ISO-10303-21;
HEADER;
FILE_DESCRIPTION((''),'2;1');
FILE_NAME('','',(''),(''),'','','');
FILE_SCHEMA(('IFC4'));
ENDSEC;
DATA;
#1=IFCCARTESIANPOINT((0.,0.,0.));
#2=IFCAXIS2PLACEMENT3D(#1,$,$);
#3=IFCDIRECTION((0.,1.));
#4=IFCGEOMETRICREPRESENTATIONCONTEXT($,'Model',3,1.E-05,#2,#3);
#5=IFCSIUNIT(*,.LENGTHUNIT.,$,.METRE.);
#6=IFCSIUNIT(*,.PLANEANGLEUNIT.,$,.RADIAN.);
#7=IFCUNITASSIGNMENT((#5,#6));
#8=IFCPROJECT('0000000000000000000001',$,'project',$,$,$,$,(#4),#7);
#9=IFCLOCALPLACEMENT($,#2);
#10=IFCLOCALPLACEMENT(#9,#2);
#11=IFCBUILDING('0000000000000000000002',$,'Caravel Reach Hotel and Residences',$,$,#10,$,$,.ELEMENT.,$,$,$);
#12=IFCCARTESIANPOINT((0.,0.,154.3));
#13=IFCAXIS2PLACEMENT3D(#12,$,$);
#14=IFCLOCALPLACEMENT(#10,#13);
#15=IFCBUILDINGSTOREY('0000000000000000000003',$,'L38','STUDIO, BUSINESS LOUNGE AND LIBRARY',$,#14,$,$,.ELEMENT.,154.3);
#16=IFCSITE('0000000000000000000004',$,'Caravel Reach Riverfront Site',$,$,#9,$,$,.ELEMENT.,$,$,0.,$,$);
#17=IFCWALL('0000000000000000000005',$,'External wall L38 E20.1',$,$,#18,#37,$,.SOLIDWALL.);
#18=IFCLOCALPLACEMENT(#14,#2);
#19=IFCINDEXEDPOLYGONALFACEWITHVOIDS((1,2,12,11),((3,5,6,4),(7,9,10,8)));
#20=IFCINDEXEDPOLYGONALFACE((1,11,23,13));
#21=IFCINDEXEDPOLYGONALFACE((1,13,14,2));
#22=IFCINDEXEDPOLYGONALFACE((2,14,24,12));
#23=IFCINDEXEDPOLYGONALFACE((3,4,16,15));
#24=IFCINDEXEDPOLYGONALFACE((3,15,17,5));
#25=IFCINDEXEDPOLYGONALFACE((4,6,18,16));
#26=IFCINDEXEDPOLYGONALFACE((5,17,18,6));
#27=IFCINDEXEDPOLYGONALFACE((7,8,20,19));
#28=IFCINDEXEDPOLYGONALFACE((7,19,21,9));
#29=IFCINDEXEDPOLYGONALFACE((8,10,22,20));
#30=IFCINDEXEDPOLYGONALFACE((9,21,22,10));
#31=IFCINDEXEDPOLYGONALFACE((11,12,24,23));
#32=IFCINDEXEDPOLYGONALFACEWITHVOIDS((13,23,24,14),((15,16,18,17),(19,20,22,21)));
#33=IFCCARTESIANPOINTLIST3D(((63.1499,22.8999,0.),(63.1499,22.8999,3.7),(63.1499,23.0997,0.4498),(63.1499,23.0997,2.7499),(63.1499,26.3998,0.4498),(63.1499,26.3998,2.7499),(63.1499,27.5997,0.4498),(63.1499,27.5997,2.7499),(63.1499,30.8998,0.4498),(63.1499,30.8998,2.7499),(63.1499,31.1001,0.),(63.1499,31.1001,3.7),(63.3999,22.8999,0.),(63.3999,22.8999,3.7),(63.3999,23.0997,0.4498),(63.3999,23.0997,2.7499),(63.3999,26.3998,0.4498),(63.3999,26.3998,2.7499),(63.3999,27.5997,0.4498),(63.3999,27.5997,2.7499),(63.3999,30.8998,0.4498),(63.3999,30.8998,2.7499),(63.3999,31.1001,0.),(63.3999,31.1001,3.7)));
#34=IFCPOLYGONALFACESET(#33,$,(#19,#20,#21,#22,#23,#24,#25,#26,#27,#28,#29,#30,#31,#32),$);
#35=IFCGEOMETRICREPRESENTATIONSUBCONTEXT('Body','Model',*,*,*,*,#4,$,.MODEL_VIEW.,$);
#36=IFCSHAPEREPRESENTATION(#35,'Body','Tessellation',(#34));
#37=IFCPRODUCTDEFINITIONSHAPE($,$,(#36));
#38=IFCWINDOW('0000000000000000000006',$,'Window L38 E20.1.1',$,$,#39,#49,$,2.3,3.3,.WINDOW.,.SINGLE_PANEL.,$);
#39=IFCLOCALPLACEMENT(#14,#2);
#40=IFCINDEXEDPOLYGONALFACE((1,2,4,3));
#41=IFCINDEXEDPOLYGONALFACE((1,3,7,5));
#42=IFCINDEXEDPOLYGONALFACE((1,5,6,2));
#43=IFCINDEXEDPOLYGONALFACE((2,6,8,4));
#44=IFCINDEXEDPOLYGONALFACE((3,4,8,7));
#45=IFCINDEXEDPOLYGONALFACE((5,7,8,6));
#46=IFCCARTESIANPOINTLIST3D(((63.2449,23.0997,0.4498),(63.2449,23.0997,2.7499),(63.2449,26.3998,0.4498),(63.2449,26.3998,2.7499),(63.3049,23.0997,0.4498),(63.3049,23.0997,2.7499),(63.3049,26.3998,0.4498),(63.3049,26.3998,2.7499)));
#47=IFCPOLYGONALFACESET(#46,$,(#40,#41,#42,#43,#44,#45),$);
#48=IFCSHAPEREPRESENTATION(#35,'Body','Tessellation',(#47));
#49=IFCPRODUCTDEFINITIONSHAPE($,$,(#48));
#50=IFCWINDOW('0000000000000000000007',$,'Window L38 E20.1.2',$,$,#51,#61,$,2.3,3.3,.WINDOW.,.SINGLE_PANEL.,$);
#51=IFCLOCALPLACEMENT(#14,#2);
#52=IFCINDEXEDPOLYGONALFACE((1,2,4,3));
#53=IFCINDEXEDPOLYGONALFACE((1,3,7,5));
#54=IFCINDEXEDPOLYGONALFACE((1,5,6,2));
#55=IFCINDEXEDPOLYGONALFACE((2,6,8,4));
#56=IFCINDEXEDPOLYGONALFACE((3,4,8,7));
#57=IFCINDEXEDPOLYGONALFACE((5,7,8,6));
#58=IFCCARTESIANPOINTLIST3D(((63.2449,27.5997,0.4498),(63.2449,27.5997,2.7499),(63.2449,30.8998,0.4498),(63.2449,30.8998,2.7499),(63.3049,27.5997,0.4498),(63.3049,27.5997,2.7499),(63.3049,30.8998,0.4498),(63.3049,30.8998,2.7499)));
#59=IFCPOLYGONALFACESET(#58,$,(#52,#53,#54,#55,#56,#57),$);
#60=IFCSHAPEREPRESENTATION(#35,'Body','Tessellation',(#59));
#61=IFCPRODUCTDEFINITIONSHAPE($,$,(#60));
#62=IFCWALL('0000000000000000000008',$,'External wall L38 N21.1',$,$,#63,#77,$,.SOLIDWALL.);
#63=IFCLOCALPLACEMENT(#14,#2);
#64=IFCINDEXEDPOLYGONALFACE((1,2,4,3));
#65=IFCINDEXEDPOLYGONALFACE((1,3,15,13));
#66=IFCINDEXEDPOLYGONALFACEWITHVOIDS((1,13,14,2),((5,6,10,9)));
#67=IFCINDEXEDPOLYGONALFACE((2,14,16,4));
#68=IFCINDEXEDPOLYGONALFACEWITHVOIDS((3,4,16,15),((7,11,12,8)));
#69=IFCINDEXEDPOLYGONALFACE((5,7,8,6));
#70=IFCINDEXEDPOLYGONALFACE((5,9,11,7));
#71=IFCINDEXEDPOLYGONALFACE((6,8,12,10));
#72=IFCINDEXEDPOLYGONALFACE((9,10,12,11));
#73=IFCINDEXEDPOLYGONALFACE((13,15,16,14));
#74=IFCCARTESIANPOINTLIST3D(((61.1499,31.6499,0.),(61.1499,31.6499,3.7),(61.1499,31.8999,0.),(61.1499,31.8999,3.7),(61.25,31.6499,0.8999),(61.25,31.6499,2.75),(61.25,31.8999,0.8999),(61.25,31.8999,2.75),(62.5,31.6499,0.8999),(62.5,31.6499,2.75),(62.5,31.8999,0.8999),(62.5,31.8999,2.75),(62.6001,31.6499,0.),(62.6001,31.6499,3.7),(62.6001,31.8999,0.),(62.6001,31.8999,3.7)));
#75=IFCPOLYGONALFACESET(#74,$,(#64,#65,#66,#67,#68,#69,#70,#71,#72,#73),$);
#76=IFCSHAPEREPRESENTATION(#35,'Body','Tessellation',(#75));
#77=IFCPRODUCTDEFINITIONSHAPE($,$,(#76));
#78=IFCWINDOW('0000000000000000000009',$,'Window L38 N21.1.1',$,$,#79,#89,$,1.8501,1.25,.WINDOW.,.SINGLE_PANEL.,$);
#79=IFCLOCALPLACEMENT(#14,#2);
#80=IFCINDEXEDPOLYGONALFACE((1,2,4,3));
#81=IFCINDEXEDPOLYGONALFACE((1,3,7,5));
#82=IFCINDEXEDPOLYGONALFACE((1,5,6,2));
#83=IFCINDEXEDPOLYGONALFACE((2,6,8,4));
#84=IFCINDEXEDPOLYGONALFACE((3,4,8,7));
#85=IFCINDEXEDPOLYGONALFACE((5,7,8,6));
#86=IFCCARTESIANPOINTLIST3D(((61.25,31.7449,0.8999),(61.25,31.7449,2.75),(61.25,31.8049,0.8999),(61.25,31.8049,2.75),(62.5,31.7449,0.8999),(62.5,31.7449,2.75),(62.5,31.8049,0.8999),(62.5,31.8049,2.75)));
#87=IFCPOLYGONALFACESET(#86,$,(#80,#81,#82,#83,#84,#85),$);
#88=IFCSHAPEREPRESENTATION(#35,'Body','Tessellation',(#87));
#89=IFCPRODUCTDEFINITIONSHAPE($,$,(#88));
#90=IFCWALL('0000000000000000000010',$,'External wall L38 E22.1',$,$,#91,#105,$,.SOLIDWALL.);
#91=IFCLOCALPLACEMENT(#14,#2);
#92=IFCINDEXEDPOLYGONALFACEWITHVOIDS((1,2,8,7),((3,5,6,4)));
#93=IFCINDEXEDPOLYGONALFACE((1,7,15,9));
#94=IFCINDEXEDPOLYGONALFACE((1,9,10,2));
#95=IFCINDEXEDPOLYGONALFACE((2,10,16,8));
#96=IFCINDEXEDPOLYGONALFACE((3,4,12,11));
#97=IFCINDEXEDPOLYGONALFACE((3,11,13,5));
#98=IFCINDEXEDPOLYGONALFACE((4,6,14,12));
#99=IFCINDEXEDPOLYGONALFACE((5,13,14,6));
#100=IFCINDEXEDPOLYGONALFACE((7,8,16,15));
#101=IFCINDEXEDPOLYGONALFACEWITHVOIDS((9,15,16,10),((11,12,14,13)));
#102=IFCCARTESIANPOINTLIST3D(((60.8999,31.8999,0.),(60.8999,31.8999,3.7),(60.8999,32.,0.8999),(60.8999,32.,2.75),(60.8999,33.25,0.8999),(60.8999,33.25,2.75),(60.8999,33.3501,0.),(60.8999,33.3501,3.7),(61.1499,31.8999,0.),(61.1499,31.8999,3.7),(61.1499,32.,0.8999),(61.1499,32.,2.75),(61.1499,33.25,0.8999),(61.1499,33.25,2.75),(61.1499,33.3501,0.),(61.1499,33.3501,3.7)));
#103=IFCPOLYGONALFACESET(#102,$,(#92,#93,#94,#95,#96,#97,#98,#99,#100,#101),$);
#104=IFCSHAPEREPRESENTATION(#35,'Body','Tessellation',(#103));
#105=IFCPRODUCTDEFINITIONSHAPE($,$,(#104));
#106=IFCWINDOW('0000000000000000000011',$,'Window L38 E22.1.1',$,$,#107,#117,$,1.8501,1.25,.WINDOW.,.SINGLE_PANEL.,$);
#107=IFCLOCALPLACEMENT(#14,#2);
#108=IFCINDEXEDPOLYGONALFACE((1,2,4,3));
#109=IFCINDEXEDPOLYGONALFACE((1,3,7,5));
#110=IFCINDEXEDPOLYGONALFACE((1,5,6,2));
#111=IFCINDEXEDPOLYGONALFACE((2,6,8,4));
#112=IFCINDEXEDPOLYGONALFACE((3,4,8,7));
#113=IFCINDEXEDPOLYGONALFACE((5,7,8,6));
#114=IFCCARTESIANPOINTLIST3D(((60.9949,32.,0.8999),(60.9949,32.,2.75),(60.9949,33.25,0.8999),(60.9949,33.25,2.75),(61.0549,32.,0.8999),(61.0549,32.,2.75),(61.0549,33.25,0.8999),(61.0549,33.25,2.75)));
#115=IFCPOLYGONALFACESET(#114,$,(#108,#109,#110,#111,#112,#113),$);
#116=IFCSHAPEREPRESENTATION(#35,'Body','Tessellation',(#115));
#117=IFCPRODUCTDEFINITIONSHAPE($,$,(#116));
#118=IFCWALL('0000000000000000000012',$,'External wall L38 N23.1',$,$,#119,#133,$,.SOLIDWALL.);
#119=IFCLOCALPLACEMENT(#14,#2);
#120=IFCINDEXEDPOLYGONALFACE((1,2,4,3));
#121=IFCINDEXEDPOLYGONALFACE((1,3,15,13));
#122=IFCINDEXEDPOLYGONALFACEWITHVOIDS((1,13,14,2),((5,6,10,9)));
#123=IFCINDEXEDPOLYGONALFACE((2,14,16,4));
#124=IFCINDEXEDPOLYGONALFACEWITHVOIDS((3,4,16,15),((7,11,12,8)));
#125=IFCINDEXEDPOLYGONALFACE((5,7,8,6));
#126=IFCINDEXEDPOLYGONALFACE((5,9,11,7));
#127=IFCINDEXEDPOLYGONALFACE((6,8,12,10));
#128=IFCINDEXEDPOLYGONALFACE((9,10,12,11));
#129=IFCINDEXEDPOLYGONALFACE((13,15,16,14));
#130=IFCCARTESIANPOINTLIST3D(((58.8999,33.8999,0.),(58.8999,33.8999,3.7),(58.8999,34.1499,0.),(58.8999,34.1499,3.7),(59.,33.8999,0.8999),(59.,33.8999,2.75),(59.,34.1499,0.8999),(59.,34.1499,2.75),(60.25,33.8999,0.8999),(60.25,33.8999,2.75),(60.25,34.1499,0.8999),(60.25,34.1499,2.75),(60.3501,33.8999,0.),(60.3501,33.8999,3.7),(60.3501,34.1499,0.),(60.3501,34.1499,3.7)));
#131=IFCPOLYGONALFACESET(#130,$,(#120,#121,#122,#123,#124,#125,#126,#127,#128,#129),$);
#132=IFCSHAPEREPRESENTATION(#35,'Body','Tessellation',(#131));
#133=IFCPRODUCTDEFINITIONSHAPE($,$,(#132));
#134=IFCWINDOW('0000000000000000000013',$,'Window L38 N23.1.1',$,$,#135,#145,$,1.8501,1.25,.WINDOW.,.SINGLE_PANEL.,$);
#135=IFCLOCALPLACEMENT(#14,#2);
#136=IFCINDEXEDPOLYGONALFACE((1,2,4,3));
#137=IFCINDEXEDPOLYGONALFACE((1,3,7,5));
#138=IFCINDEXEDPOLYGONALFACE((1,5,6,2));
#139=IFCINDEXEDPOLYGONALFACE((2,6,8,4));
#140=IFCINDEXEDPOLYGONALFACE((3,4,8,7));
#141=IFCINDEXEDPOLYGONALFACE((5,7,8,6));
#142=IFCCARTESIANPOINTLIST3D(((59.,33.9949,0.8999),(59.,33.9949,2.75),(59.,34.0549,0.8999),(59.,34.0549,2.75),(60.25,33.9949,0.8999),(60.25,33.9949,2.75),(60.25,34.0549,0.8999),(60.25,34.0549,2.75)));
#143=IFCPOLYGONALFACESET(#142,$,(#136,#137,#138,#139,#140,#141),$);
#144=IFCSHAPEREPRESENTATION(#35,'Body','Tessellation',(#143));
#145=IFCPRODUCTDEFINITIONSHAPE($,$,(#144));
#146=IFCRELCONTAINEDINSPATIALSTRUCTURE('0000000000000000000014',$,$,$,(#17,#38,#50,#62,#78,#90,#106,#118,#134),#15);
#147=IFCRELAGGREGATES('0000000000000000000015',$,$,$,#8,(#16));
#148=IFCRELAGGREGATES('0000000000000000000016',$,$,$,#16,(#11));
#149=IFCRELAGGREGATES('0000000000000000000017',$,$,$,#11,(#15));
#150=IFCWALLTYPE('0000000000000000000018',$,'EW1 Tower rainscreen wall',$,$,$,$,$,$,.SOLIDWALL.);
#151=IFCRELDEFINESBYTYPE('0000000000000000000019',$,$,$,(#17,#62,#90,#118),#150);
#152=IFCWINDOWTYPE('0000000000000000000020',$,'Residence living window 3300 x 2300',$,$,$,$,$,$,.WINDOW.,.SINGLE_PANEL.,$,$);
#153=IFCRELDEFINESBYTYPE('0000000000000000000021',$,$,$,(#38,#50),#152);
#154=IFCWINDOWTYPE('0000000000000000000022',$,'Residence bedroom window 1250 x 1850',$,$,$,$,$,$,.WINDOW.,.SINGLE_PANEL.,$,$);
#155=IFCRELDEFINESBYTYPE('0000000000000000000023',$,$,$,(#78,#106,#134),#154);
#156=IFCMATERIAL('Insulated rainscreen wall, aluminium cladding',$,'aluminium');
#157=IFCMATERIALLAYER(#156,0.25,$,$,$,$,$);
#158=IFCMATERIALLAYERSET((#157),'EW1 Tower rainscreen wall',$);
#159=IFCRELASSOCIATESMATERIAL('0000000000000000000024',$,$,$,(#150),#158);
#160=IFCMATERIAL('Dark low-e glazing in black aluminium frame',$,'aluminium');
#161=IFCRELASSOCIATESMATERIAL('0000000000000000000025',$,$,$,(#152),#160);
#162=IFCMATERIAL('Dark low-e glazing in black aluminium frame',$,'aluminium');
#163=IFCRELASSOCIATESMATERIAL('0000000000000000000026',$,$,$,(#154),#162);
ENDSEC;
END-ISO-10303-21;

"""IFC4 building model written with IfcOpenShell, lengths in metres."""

from ifc_helpers import new_model, si_unit, direction, frame, frame_2d, origin, place, context, subcontext, project, spatial, rectangle, extrude, material, layer, layer_set, type_object, element, fill, save


model = new_model("IFC4")

# Units and contexts
model_context = context("Model", 3, precision=1e-05, world=origin(), true_north=direction((0.0, 1.0)))
body_context = subcontext(model_context, "Body", "Model", "MODEL_VIEW")
ifc_project = project(units=[si_unit("LENGTHUNIT", "METRE"), si_unit("PLANEANGLEUNIT", "RADIAN")], contexts=[model_context])

# Site, building, storey
site_placement = place(None, origin())
site = spatial("IfcSite", under=ifc_project, at=site_placement, Name="Caravel Reach Riverfront Site", CompositionType="ELEMENT", RefElevation=0.0)
building_placement = place(site_placement, origin())
building = spatial("IfcBuilding", under=site, at=building_placement, Name="Caravel Reach Hotel and Residences", CompositionType="ELEMENT")
storey_placement = place(building_placement, frame((0.0, 0.0, 154.3)))
storey = spatial("IfcBuildingStorey", under=building, at=storey_placement, Name="L38", Description="STUDIO, BUSINESS LOUNGE AND LIBRARY", CompositionType="ELEMENT", Elevation=154.3)

# Wall, openings, windows
ifc_material_1 = material(Name="Insulated rainscreen wall, aluminium cladding", Category="aluminium")
ifc_layer_1 = layer(ifc_material_1, 0.25)
ifc_layer_set_1 = layer_set([ifc_layer_1], Name="EW1 Tower rainscreen wall")
wall_type_1 = type_object("IfcWallType", Name="EW1 Tower rainscreen wall", PredefinedType="SOLIDWALL", material=ifc_layer_set_1)
wall_1_placement = place(storey_placement, frame((63.2749, 22.8999, 0.0), z_axis=(0.0, 0.0, 1.0), x_axis=(0.0, 1.0, 0.0)))
wall_1 = element("IfcWall", 1, at=wall_1_placement, inside=storey, type_object=wall_type_1, Name="External wall L38 E20.1", PredefinedType="SOLIDWALL", context=body_context, shape_type="SweptSolid", body=[
    extrude(rectangle(XDim=8.2002, YDim=0.25, at=frame_2d((4.1001, 0.0))), origin(), (0.0, 0.0, 1.0), 3.7),
])
opening_1_placement = place(wall_1_placement, frame((0.2, 0.0, 0.45)))
opening_1 = element("IfcOpeningElement", 2, at=opening_1_placement, cuts=wall_1, PredefinedType="OPENING", context=body_context, shape_type="SweptSolid", body=[
    extrude(rectangle(XDim=3.3, YDim=2.3, at=frame_2d((1.6499, 1.1499))), frame((0.0, 0.135, 0.0), z_axis=(0.0, -1.0, 0.0), x_axis=(1.0, 0.0, 0.0)), (0.0, 0.0, 1.0), 0.27),
])
opening_2_placement = place(wall_1_placement, frame((4.7, 0.0, 0.45)))
opening_2 = element("IfcOpeningElement", 3, at=opening_2_placement, cuts=wall_1, PredefinedType="OPENING", context=body_context, shape_type="SweptSolid", body=[
    extrude(rectangle(XDim=3.3, YDim=2.3, at=frame_2d((1.6499, 1.1499))), frame((0.0, 0.135, 0.0), z_axis=(0.0, -1.0, 0.0), x_axis=(1.0, 0.0, 0.0)), (0.0, 0.0, 1.0), 0.27),
])
ifc_material_2 = material(Name="Dark low-e glazing in black aluminium frame", Category="aluminium")
window_type_1 = type_object("IfcWindowType", Name="Residence living window 3300 x 2300", PartitioningType="SINGLE_PANEL", PredefinedType="WINDOW", material=ifc_material_2)
window_1_placement = place(opening_1_placement, origin())
window_1 = element("IfcWindow", 4, at=window_1_placement, inside=storey, type_object=window_type_1, Name="Window L38 E20.1.1", OverallHeight=2.3, OverallWidth=3.3, PartitioningType="SINGLE_PANEL", PredefinedType="WINDOW", context=body_context, shape_type="SweptSolid", body=[
    extrude(rectangle(XDim=3.3, YDim=2.3, at=frame_2d((1.6499, 1.1499))), frame((0.0, 0.03, 0.0), z_axis=(0.0, -1.0, 0.0), x_axis=(1.0, 0.0, 0.0)), (0.0, 0.0, 1.0), 0.0601),
])
fill(opening_1, window_1)
window_2_placement = place(opening_2_placement, origin())
window_2 = element("IfcWindow", 5, at=window_2_placement, inside=storey, type_object=window_type_1, Name="Window L38 E20.1.2", OverallHeight=2.3, OverallWidth=3.3, PartitioningType="SINGLE_PANEL", PredefinedType="WINDOW", context=body_context, shape_type="SweptSolid", body=[
    extrude(rectangle(XDim=3.3, YDim=2.3, at=frame_2d((1.6499, 1.1499))), frame((0.0, 0.03, 0.0), z_axis=(0.0, -1.0, 0.0), x_axis=(1.0, 0.0, 0.0)), (0.0, 0.0, 1.0), 0.0601),
])
fill(opening_2, window_2)

# Walls, openings, windows
wall_2_placement = place(storey_placement, frame((62.6001, 31.7749, 0.0), z_axis=(0.0, 0.0, 1.0), x_axis=(-1.0, 0.0, 0.0)))
wall_2 = element("IfcWall", 6, at=wall_2_placement, inside=storey, type_object=wall_type_1, Name="External wall L38 N21.1", PredefinedType="SOLIDWALL", context=body_context, shape_type="SweptSolid", body=[
    extrude(rectangle(XDim=1.4502, YDim=0.25, at=frame_2d((0.7251, 0.0))), origin(), (0.0, 0.0, 1.0), 3.7),
])
opening_3_placement = place(wall_2_placement, frame((0.1001, 0.0, 0.8999)))
opening_3 = element("IfcOpeningElement", 7, at=opening_3_placement, cuts=wall_2, PredefinedType="OPENING", context=body_context, shape_type="SweptSolid", body=[
    extrude(rectangle(XDim=1.25, YDim=1.8501, at=frame_2d((0.625, 0.925))), frame((0.0, 0.135, 0.0), z_axis=(0.0, -1.0, 0.0), x_axis=(1.0, 0.0, 0.0)), (0.0, 0.0, 1.0), 0.27),
])
ifc_material_3 = material(Name="Dark low-e glazing in black aluminium frame", Category="aluminium")
window_type_2 = type_object("IfcWindowType", Name="Residence bedroom window 1250 x 1850", PartitioningType="SINGLE_PANEL", PredefinedType="WINDOW", material=ifc_material_3)
window_3_placement = place(opening_3_placement, origin())
window_3 = element("IfcWindow", 8, at=window_3_placement, inside=storey, type_object=window_type_2, Name="Window L38 N21.1.1", OverallHeight=1.8501, OverallWidth=1.25, PartitioningType="SINGLE_PANEL", PredefinedType="WINDOW", context=body_context, shape_type="SweptSolid", body=[
    extrude(rectangle(XDim=1.25, YDim=1.8501, at=frame_2d((0.625, 0.925))), frame((0.0, 0.03, 0.0), z_axis=(0.0, -1.0, 0.0), x_axis=(1.0, 0.0, 0.0)), (0.0, 0.0, 1.0), 0.0601),
])
fill(opening_3, window_3)
wall_3_placement = place(storey_placement, frame((61.0249, 31.8999, 0.0), z_axis=(0.0, 0.0, 1.0), x_axis=(0.0, 1.0, 0.0)))
wall_3 = element("IfcWall", 9, at=wall_3_placement, inside=storey, type_object=wall_type_1, Name="External wall L38 E22.1", PredefinedType="SOLIDWALL", context=body_context, shape_type="SweptSolid", body=[
    extrude(rectangle(XDim=1.4502, YDim=0.25, at=frame_2d((0.7251, 0.0))), origin(), (0.0, 0.0, 1.0), 3.7),
])
opening_4_placement = place(wall_3_placement, frame((0.1001, 0.0, 0.8999)))
opening_4 = element("IfcOpeningElement", 10, at=opening_4_placement, cuts=wall_3, PredefinedType="OPENING", context=body_context, shape_type="SweptSolid", body=[
    extrude(rectangle(XDim=1.25, YDim=1.8501, at=frame_2d((0.625, 0.925))), frame((0.0, 0.135, 0.0), z_axis=(0.0, -1.0, 0.0), x_axis=(1.0, 0.0, 0.0)), (0.0, 0.0, 1.0), 0.27),
])
window_4_placement = place(opening_4_placement, origin())
window_4 = element("IfcWindow", 11, at=window_4_placement, inside=storey, type_object=window_type_2, Name="Window L38 E22.1.1", OverallHeight=1.8501, OverallWidth=1.25, PartitioningType="SINGLE_PANEL", PredefinedType="WINDOW", context=body_context, shape_type="SweptSolid", body=[
    extrude(rectangle(XDim=1.25, YDim=1.8501, at=frame_2d((0.625, 0.925))), frame((0.0, 0.03, 0.0), z_axis=(0.0, -1.0, 0.0), x_axis=(1.0, 0.0, 0.0)), (0.0, 0.0, 1.0), 0.0601),
])
fill(opening_4, window_4)
wall_4_placement = place(storey_placement, frame((60.3501, 34.0249, 0.0), z_axis=(0.0, 0.0, 1.0), x_axis=(-1.0, 0.0, 0.0)))
wall_4 = element("IfcWall", 12, at=wall_4_placement, inside=storey, type_object=wall_type_1, Name="External wall L38 N23.1", PredefinedType="SOLIDWALL", context=body_context, shape_type="SweptSolid", body=[
    extrude(rectangle(XDim=1.4502, YDim=0.25, at=frame_2d((0.7251, 0.0))), origin(), (0.0, 0.0, 1.0), 3.7),
])
opening_5_placement = place(wall_4_placement, frame((0.1001, 0.0, 0.8999)))
opening_5 = element("IfcOpeningElement", 13, at=opening_5_placement, cuts=wall_4, PredefinedType="OPENING", context=body_context, shape_type="SweptSolid", body=[
    extrude(rectangle(XDim=1.25, YDim=1.8501, at=frame_2d((0.625, 0.925))), frame((0.0, 0.135, 0.0), z_axis=(0.0, -1.0, 0.0), x_axis=(1.0, 0.0, 0.0)), (0.0, 0.0, 1.0), 0.27),
])
window_5_placement = place(opening_5_placement, origin())
window_5 = element("IfcWindow", 14, at=window_5_placement, inside=storey, type_object=window_type_2, Name="Window L38 N23.1.1", OverallHeight=1.8501, OverallWidth=1.25, PartitioningType="SINGLE_PANEL", PredefinedType="WINDOW", context=body_context, shape_type="SweptSolid", body=[
    extrude(rectangle(XDim=1.25, YDim=1.8501, at=frame_2d((0.625, 0.925))), frame((0.0, 0.03, 0.0), z_axis=(0.0, -1.0, 0.0), x_axis=(1.0, 0.0, 0.0)), (0.0, 0.0, 1.0), 0.0601),
])
fill(opening_5, window_5)

save(model, "model.ifc")
